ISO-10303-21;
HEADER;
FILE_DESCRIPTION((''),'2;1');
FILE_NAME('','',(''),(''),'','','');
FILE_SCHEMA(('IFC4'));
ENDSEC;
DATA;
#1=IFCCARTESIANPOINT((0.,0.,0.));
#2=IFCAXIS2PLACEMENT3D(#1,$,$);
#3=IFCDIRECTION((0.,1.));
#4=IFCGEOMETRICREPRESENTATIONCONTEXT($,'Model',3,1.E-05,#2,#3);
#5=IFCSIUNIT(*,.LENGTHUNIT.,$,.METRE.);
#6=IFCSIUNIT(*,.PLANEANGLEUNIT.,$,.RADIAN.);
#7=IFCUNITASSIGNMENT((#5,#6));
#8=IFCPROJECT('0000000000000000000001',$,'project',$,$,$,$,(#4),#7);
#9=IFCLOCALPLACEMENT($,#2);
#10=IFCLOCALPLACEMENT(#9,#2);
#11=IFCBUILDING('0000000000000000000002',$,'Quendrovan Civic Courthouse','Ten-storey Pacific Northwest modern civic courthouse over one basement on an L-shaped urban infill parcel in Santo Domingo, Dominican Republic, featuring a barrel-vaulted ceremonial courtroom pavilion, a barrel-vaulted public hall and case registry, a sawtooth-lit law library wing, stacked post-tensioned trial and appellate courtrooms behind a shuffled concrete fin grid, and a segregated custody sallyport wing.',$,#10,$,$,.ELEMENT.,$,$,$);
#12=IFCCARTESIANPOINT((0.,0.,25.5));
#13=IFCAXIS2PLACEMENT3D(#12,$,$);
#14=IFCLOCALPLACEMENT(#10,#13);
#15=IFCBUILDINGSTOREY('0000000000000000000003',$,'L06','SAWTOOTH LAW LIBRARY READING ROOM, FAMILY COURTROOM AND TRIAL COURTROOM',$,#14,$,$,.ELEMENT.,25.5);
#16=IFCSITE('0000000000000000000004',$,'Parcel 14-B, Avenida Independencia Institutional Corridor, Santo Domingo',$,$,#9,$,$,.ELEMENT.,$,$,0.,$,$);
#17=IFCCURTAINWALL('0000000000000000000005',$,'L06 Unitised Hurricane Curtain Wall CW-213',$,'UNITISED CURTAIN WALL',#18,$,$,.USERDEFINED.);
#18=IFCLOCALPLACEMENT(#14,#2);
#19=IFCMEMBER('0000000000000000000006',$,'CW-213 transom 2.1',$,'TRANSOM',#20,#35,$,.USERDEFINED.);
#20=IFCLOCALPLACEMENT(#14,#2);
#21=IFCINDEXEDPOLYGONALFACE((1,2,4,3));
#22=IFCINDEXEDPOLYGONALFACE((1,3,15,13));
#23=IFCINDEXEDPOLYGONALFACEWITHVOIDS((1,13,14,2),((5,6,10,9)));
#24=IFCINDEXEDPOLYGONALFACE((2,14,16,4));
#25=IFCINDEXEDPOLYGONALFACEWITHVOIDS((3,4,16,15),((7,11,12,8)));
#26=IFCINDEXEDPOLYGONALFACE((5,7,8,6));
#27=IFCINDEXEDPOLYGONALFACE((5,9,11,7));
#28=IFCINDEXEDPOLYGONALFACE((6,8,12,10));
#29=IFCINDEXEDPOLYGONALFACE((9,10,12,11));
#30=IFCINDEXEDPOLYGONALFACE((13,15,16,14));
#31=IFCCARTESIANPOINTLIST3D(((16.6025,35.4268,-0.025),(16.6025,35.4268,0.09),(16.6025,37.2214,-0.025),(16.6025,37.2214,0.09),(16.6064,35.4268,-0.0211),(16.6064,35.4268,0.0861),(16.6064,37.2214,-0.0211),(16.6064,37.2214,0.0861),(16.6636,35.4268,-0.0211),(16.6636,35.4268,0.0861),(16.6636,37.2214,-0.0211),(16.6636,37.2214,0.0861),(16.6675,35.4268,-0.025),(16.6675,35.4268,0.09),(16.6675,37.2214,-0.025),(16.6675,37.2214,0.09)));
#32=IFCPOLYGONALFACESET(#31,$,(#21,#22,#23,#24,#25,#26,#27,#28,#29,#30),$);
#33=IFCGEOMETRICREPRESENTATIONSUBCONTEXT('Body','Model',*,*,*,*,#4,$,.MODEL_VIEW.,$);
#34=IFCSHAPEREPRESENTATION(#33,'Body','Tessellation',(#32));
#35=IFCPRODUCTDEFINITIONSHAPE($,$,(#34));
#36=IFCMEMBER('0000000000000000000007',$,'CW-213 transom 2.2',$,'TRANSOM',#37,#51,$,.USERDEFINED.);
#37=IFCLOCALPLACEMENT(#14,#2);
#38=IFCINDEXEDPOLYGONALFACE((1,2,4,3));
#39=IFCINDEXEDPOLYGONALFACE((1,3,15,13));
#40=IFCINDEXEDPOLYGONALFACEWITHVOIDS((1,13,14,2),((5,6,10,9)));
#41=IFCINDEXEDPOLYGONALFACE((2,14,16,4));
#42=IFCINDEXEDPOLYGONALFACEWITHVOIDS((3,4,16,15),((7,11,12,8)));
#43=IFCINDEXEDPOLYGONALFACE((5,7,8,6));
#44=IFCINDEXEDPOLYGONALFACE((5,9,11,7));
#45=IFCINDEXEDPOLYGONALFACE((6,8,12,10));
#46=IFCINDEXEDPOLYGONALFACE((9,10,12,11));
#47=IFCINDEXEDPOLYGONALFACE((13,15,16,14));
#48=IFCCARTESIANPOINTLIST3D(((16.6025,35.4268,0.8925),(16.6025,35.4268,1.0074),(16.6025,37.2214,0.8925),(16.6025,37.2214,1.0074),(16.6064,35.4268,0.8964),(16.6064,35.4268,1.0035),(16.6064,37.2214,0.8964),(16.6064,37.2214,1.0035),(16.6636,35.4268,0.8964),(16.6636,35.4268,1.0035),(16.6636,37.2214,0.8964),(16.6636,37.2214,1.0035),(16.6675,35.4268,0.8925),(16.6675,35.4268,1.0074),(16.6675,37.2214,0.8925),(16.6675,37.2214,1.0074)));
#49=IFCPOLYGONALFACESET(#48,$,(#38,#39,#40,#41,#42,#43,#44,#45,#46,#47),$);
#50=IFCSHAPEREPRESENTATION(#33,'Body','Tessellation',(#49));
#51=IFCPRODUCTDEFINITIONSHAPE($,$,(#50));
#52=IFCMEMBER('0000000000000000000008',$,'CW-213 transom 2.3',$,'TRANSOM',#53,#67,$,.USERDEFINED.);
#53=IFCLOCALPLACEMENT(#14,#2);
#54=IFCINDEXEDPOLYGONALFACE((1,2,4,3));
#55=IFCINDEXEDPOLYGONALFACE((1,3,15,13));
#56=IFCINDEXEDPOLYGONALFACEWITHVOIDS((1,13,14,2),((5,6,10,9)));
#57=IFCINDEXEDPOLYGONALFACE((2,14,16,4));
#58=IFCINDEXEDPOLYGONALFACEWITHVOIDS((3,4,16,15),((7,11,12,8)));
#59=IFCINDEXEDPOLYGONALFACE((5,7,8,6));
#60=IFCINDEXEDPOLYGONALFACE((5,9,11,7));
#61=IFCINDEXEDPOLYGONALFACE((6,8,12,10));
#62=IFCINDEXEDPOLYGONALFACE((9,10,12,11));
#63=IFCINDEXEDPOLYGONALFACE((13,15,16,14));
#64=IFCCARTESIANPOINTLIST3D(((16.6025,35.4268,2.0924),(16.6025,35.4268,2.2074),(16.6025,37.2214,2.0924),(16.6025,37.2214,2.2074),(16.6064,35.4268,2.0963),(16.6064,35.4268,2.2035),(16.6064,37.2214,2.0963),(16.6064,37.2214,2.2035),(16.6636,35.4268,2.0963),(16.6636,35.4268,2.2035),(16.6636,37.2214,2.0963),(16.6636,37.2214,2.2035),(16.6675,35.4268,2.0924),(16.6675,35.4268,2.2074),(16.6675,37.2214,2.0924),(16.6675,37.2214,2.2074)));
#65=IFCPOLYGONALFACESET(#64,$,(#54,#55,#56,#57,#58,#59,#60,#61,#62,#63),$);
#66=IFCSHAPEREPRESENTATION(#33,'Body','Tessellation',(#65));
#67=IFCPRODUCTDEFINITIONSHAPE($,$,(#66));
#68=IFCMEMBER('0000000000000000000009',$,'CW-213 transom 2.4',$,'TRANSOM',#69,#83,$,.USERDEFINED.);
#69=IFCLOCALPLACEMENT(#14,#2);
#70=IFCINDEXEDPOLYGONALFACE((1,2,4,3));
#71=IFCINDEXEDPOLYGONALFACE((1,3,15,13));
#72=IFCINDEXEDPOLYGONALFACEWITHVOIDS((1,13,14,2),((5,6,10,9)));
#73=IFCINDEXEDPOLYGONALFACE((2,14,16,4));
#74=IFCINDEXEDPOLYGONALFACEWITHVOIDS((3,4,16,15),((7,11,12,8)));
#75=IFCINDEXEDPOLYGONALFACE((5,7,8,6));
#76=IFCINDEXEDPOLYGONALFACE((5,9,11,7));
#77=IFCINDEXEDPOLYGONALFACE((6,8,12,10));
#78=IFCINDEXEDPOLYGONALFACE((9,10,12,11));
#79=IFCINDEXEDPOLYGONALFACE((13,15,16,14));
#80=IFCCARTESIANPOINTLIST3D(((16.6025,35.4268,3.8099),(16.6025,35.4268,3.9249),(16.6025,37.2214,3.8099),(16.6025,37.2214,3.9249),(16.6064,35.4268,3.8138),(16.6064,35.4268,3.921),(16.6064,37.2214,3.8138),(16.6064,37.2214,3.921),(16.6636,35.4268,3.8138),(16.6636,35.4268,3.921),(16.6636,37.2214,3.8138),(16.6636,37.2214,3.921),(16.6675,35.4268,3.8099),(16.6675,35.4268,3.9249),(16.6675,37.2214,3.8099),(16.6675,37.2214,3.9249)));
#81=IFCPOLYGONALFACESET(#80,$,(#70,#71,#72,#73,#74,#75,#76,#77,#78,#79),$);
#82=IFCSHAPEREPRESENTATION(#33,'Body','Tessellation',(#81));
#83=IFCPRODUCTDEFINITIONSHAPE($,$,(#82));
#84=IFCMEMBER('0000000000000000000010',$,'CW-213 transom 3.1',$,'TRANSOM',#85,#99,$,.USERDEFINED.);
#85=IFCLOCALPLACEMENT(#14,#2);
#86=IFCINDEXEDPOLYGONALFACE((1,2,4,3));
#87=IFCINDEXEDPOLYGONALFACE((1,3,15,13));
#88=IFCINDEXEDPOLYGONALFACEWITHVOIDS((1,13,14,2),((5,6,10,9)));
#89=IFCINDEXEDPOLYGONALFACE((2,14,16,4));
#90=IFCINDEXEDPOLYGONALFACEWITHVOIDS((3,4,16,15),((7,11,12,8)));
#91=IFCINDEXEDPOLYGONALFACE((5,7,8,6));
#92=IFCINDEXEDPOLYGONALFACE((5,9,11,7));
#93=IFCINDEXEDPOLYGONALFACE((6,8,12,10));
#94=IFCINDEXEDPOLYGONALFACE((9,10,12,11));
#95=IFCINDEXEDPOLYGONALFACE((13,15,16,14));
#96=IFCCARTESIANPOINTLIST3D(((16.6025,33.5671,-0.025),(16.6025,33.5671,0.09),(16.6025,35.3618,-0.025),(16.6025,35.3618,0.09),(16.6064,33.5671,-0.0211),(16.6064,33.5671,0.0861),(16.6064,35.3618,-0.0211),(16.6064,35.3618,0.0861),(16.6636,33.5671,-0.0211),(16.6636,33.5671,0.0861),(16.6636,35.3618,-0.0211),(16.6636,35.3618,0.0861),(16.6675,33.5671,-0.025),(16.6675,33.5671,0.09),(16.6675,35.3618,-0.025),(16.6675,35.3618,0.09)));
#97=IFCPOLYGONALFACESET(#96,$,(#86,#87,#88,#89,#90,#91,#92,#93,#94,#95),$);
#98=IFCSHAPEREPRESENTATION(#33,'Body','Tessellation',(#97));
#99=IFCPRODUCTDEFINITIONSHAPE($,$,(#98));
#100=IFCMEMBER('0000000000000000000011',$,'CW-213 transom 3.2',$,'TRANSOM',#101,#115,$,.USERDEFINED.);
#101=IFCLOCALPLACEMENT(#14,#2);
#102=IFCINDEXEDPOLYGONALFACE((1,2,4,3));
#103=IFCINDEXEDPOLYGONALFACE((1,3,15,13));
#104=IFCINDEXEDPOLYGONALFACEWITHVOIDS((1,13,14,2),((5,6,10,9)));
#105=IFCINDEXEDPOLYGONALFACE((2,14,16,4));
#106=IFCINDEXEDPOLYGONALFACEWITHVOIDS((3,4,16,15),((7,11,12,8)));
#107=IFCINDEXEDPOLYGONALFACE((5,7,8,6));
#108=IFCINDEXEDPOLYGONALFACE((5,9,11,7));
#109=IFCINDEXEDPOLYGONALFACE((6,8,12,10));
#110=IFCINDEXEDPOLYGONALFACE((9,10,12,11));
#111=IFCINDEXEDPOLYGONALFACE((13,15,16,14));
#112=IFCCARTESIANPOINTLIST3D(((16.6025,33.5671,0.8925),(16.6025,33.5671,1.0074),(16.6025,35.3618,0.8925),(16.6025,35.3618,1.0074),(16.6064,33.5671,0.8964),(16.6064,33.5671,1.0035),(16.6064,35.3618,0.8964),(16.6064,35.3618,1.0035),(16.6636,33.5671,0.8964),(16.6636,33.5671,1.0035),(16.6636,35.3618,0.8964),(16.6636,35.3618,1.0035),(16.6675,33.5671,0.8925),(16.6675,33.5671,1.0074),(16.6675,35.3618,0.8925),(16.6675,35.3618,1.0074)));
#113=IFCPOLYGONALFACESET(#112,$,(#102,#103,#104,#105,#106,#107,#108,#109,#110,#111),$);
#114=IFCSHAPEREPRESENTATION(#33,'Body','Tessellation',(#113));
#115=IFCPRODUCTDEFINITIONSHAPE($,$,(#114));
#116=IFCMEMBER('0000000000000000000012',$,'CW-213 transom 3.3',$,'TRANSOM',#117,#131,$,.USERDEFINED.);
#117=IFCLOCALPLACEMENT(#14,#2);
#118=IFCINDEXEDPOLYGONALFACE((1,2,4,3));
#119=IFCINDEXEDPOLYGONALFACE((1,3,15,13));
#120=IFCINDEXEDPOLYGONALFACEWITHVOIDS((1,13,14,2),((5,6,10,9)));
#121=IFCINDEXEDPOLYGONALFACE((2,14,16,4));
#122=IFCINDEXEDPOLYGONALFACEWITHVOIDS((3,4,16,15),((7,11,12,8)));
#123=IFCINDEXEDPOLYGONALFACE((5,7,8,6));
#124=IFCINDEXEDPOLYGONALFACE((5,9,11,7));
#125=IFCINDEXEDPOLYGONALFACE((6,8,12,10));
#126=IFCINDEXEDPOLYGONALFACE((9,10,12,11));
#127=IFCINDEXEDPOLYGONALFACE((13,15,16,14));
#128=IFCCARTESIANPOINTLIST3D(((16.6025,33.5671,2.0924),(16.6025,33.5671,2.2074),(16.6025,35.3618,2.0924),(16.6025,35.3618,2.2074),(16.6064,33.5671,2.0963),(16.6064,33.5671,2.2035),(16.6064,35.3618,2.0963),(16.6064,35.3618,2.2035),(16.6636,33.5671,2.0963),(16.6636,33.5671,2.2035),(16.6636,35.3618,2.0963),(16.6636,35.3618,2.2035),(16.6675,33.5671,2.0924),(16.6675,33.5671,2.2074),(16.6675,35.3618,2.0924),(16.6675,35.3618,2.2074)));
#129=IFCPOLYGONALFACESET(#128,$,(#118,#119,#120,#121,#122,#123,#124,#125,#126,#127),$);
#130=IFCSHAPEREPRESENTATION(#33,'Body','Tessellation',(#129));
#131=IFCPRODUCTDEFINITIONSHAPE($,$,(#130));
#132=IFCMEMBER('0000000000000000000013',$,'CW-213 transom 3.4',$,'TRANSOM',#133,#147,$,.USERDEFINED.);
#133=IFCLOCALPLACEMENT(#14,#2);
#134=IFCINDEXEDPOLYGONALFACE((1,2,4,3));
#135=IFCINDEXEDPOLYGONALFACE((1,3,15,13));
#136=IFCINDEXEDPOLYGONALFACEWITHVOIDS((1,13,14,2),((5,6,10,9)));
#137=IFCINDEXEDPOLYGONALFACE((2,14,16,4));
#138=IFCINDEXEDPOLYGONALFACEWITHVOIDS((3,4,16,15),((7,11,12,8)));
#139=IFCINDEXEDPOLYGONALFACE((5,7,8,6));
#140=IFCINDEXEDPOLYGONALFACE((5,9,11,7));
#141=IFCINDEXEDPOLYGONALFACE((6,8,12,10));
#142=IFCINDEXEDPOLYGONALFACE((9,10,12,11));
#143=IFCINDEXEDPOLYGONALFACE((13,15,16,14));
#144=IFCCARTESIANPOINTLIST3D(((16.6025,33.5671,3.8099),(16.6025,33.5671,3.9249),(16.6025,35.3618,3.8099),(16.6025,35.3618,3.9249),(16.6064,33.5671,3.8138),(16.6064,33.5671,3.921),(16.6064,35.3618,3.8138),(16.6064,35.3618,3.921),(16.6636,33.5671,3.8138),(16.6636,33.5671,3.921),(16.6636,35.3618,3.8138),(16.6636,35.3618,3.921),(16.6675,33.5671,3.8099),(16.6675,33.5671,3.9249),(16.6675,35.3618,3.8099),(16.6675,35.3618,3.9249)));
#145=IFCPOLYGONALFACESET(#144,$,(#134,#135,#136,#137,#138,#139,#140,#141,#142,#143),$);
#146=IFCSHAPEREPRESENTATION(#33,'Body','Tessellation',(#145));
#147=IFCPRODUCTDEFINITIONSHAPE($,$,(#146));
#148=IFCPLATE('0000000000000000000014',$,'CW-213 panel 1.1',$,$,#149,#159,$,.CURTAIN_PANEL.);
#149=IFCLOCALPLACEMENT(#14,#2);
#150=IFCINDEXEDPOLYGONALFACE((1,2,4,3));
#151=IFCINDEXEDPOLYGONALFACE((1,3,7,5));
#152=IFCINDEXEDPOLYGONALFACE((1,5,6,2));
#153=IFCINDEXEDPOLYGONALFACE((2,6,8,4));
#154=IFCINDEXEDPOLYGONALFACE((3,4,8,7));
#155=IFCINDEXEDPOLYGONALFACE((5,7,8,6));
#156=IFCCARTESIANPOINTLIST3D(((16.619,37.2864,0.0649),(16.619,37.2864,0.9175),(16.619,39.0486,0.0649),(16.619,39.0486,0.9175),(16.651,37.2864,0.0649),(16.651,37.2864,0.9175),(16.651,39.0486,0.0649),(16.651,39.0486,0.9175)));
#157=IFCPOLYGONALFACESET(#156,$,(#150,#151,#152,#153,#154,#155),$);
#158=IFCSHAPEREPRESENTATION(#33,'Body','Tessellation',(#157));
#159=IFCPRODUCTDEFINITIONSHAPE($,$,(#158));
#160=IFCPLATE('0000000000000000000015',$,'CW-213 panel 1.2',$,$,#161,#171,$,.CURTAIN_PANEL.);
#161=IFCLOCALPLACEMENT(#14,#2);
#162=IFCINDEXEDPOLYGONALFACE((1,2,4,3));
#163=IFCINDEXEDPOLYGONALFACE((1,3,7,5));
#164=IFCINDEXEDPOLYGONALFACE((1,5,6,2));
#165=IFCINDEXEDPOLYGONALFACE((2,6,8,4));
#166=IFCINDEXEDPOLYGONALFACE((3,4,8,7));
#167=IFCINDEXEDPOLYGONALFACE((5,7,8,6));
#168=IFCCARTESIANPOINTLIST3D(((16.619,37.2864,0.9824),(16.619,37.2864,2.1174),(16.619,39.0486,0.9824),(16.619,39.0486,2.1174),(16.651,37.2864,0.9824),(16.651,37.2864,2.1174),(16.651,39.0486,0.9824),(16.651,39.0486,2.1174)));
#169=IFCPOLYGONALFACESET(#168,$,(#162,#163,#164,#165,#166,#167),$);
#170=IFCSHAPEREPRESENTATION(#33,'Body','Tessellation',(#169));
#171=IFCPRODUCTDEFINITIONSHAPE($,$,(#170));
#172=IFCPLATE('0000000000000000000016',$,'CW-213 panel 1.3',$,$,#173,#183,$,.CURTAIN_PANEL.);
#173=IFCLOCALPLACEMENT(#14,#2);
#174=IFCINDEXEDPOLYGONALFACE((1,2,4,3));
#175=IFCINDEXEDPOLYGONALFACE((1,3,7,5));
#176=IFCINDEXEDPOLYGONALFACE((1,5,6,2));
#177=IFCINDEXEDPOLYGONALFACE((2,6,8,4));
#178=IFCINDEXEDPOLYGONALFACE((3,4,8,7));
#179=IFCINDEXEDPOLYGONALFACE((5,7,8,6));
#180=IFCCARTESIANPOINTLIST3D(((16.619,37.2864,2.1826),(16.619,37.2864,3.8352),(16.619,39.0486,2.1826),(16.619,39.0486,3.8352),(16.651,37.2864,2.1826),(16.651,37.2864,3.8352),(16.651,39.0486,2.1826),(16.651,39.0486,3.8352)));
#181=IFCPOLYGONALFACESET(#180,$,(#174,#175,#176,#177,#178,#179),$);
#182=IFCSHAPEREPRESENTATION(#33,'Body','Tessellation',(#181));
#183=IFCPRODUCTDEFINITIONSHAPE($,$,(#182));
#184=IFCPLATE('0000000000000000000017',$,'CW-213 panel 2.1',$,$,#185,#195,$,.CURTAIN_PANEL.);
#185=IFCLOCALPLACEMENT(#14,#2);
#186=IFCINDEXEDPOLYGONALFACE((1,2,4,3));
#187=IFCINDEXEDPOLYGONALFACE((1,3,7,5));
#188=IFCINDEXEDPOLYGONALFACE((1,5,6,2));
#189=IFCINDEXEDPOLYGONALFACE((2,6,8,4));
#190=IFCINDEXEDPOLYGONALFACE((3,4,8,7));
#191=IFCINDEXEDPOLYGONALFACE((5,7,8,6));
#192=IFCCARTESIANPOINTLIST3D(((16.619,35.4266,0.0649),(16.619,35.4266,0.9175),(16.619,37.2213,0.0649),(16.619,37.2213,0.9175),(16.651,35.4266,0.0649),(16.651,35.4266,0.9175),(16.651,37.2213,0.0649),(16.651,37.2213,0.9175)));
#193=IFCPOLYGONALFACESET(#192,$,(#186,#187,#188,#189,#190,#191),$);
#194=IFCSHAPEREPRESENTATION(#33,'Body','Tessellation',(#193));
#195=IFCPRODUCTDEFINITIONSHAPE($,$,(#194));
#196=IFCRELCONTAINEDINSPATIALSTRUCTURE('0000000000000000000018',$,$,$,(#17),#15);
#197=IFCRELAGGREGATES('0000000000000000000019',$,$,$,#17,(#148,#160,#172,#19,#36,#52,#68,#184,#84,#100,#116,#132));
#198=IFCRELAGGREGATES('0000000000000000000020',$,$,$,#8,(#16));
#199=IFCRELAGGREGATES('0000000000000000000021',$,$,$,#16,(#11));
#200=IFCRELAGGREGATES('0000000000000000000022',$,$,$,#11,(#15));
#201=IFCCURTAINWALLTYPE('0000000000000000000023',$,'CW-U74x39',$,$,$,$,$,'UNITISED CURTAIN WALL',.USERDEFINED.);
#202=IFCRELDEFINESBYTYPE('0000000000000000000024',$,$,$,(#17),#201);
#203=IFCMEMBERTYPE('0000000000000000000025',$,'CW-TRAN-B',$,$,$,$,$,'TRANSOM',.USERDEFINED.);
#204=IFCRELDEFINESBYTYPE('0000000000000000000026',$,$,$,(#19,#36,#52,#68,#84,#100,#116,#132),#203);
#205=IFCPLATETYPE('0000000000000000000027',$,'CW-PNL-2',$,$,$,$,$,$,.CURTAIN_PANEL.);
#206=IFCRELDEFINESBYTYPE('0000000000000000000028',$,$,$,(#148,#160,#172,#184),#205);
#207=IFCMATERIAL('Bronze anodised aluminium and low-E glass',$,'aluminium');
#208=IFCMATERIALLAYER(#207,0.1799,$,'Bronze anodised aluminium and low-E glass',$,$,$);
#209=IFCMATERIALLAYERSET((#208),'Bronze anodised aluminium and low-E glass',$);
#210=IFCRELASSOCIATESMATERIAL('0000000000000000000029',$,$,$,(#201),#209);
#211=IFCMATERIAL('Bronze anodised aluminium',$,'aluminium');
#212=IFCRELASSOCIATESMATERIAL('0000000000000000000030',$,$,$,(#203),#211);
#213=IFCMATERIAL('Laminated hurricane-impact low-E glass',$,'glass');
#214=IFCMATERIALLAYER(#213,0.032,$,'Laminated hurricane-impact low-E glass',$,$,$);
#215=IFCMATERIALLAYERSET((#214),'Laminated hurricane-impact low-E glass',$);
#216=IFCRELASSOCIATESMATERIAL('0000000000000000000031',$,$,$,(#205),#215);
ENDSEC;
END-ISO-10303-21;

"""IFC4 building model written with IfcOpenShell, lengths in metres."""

from ifc_helpers import new_model, si_unit, direction, frame, origin, origin_2d, place, context, subcontext, project, spatial, rectangle, hollow_rectangle, extrude, material, layer, layer_set, material_profile, profile_set, type_object, element, aggregate, save


model = new_model("IFC4")

# Units and contexts
model_context = context("Model", 3, precision=1e-05, world=origin(), true_north=direction((0.0, 1.0)))
body_context = subcontext(model_context, "Body", "Model", "MODEL_VIEW")
ifc_project = project(units=[si_unit("LENGTHUNIT", "METRE"), si_unit("PLANEANGLEUNIT", "RADIAN")], contexts=[model_context])

# Site, building, storey
site_placement = place(None, origin())
site = spatial("IfcSite", under=ifc_project, at=site_placement, Name="Parcel 14-B, Avenida Independencia Institutional Corridor, Santo Domingo", CompositionType="ELEMENT", RefElevation=0.0)
building_placement = place(site_placement, origin())
building = spatial("IfcBuilding", under=site, at=building_placement, Name="Quendrovan Civic Courthouse", Description="Ten-storey Pacific Northwest modern civic courthouse over one basement on an L-shaped urban infill parcel in Santo Domingo, Dominican Republic, featuring a barrel-vaulted ceremonial courtroom pavilion, a barrel-vaulted public hall and case registry, a sawtooth-lit law library wing, stacked post-tensioned trial and appellate courtrooms behind a shuffled concrete fin grid, and a segregated custody sallyport wing.", CompositionType="ELEMENT")
storey_placement = place(building_placement, frame((0.0, 0.0, 25.5)))
storey = spatial("IfcBuildingStorey", under=building, at=storey_placement, Name="L06", Description="SAWTOOTH LAW LIBRARY READING ROOM, FAMILY COURTROOM AND TRIAL COURTROOM", CompositionType="ELEMENT", Elevation=25.5)

# Curtain wall, members, plates
ifc_material_1 = material(Name="Bronze anodised aluminium and low-E glass", Category="aluminium")
ifc_layer_1 = layer(ifc_material_1, 0.1799, Name="Bronze anodised aluminium and low-E glass")
ifc_layer_set_1 = layer_set([ifc_layer_1], Name="Bronze anodised aluminium and low-E glass")
curtain_wall_type = type_object("IfcCurtainWallType", Name="CW-U74x39", ElementType="UNITISED CURTAIN WALL", PredefinedType="USERDEFINED", material=ifc_layer_set_1)
curtain_wall_placement = place(storey_placement, origin())
curtain_wall = element("IfcCurtainWall", 1, at=curtain_wall_placement, inside=storey, type_object=curtain_wall_type, Name="L06 Unitised Hurricane Curtain Wall CW-213", ObjectType="UNITISED CURTAIN WALL", PredefinedType="USERDEFINED")
ifc_material_2 = material(Name="Bronze anodised aluminium", Category="aluminium")
ifc_material_profile_1 = material_profile(ifc_material_2, hollow_rectangle(XDim=0.0649, YDim=0.115, WallThickness=0.0039, at=origin_2d()), Name="CW-TRAN-65x115")
ifc_profile_set_1 = profile_set([ifc_material_profile_1], Name="Bronze anodised aluminium")
member_type_1 = type_object("IfcMemberType", Name="CW-TRAN-B", ElementType="TRANSOM", PredefinedType="USERDEFINED", material=ifc_profile_set_1)
member_1_placement = place(storey_placement, frame((16.635, 37.2214, 0.0325), z_axis=(0.0, -1.0, 0.0), x_axis=(1.0, 0.0, 0.0)))
member_1 = element("IfcMember", 2, at=member_1_placement, type_object=member_type_1, Name="CW-213 transom 2.1", ObjectType="TRANSOM", PredefinedType="USERDEFINED", context=body_context, shape_type="SweptSolid", body=[
    extrude(hollow_rectangle(XDim=0.0649, YDim=0.115, WallThickness=0.0039, at=origin_2d()), origin(), (0.0, 0.0, 1.0), 1.7947),
])
member_2_placement = place(storey_placement, frame((16.635, 37.2214, 0.95), z_axis=(0.0, -1.0, 0.0), x_axis=(1.0, 0.0, 0.0)))
member_2 = element("IfcMember", 3, at=member_2_placement, type_object=member_type_1, Name="CW-213 transom 2.2", ObjectType="TRANSOM", PredefinedType="USERDEFINED", context=body_context, shape_type="SweptSolid", body=[
    extrude(hollow_rectangle(XDim=0.0649, YDim=0.115, WallThickness=0.0039, at=origin_2d()), origin(), (0.0, 0.0, 1.0), 1.7947),
])
member_3_placement = place(storey_placement, frame((16.635, 37.2214, 2.1499), z_axis=(0.0, -1.0, 0.0), x_axis=(1.0, 0.0, 0.0)))
member_3 = element("IfcMember", 4, at=member_3_placement, type_object=member_type_1, Name="CW-213 transom 2.3", ObjectType="TRANSOM", PredefinedType="USERDEFINED", context=body_context, shape_type="SweptSolid", body=[
    extrude(hollow_rectangle(XDim=0.0649, YDim=0.115, WallThickness=0.0039, at=origin_2d()), origin(), (0.0, 0.0, 1.0), 1.7947),
])
member_4_placement = place(storey_placement, frame((16.635, 37.2214, 3.8674), z_axis=(0.0, -1.0, 0.0), x_axis=(1.0, 0.0, 0.0)))
member_4 = element("IfcMember", 5, at=member_4_placement, type_object=member_type_1, Name="CW-213 transom 2.4", ObjectType="TRANSOM", PredefinedType="USERDEFINED", context=body_context, shape_type="SweptSolid", body=[
    extrude(hollow_rectangle(XDim=0.0649, YDim=0.115, WallThickness=0.0039, at=origin_2d()), origin(), (0.0, 0.0, 1.0), 1.7947),
])
member_5_placement = place(storey_placement, frame((16.635, 35.3618, 0.0325), z_axis=(0.0, -1.0, 0.0), x_axis=(1.0, 0.0, 0.0)))
member_5 = element("IfcMember", 6, at=member_5_placement, type_object=member_type_1, Name="CW-213 transom 3.1", ObjectType="TRANSOM", PredefinedType="USERDEFINED", context=body_context, shape_type="SweptSolid", body=[
    extrude(hollow_rectangle(XDim=0.0649, YDim=0.115, WallThickness=0.0039, at=origin_2d()), origin(), (0.0, 0.0, 1.0), 1.7947),
])
member_6_placement = place(storey_placement, frame((16.635, 35.3618, 0.95), z_axis=(0.0, -1.0, 0.0), x_axis=(1.0, 0.0, 0.0)))
member_6 = element("IfcMember", 7, at=member_6_placement, type_object=member_type_1, Name="CW-213 transom 3.2", ObjectType="TRANSOM", PredefinedType="USERDEFINED", context=body_context, shape_type="SweptSolid", body=[
    extrude(hollow_rectangle(XDim=0.0649, YDim=0.115, WallThickness=0.0039, at=origin_2d()), origin(), (0.0, 0.0, 1.0), 1.7947),
])
member_7_placement = place(storey_placement, frame((16.635, 35.3618, 2.1499), z_axis=(0.0, -1.0, 0.0), x_axis=(1.0, 0.0, 0.0)))
member_7 = element("IfcMember", 8, at=member_7_placement, type_object=member_type_1, Name="CW-213 transom 3.3", ObjectType="TRANSOM", PredefinedType="USERDEFINED", context=body_context, shape_type="SweptSolid", body=[
    extrude(hollow_rectangle(XDim=0.0649, YDim=0.115, WallThickness=0.0039, at=origin_2d()), origin(), (0.0, 0.0, 1.0), 1.7947),
])
member_8_placement = place(storey_placement, frame((16.635, 35.3618, 3.8674), z_axis=(0.0, -1.0, 0.0), x_axis=(1.0, 0.0, 0.0)))
member_8 = element("IfcMember", 9, at=member_8_placement, type_object=member_type_1, Name="CW-213 transom 3.4", ObjectType="TRANSOM", PredefinedType="USERDEFINED", context=body_context, shape_type="SweptSolid", body=[
    extrude(hollow_rectangle(XDim=0.0649, YDim=0.115, WallThickness=0.0039, at=origin_2d()), origin(), (0.0, 0.0, 1.0), 1.7947),
])
ifc_material_3 = material(Name="Laminated hurricane-impact low-E glass", Category="glass")
ifc_layer_2 = layer(ifc_material_3, 0.032, Name="Laminated hurricane-impact low-E glass")
ifc_layer_set_2 = layer_set([ifc_layer_2], Name="Laminated hurricane-impact low-E glass")
plate_type_1 = type_object("IfcPlateType", Name="CW-PNL-2", PredefinedType="CURTAIN_PANEL", material=ifc_layer_set_2)
plate_1_placement = place(storey_placement, frame((16.635, 38.1675, 0.0649), z_axis=(0.0, 0.0, 1.0), x_axis=(0.0, -1.0, 0.0)))
plate_1 = element("IfcPlate", 10, at=plate_1_placement, type_object=plate_type_1, Name="CW-213 panel 1.1", PredefinedType="CURTAIN_PANEL", context=body_context, shape_type="SweptSolid", body=[
    extrude(rectangle(XDim=1.7622, YDim=0.032, at=origin_2d()), origin(), (0.0, 0.0, 1.0), 0.8525),
])
plate_2_placement = place(storey_placement, frame((16.635, 38.1675, 0.9824), z_axis=(0.0, 0.0, 1.0), x_axis=(0.0, -1.0, 0.0)))
plate_2 = element("IfcPlate", 11, at=plate_2_placement, type_object=plate_type_1, Name="CW-213 panel 1.2", PredefinedType="CURTAIN_PANEL", context=body_context, shape_type="SweptSolid", body=[
    extrude(rectangle(XDim=1.7622, YDim=0.032, at=origin_2d()), origin(), (0.0, 0.0, 1.0), 1.135),
])
plate_3_placement = place(storey_placement, frame((16.635, 38.1675, 2.1826), z_axis=(0.0, 0.0, 1.0), x_axis=(0.0, -1.0, 0.0)))
plate_3 = element("IfcPlate", 12, at=plate_3_placement, type_object=plate_type_1, Name="CW-213 panel 1.3", PredefinedType="CURTAIN_PANEL", context=body_context, shape_type="SweptSolid", body=[
    extrude(rectangle(XDim=1.7622, YDim=0.032, at=origin_2d()), origin(), (0.0, 0.0, 1.0), 1.6526),
])
plate_4_placement = place(storey_placement, frame((16.635, 36.324, 0.0649), z_axis=(0.0, 0.0, 1.0), x_axis=(0.0, -1.0, 0.0)))
plate_4 = element("IfcPlate", 13, at=plate_4_placement, type_object=plate_type_1, Name="CW-213 panel 2.1", PredefinedType="CURTAIN_PANEL", context=body_context, shape_type="SweptSolid", body=[
    extrude(rectangle(XDim=1.7947, YDim=0.032, at=origin_2d()), origin(), (0.0, 0.0, 1.0), 0.8525),
])
aggregate(curtain_wall, [plate_1, plate_2, plate_3, member_1, member_2, member_3, member_4, plate_4, member_5, member_6, member_7, member_8])

save(model, "model.ifc")
